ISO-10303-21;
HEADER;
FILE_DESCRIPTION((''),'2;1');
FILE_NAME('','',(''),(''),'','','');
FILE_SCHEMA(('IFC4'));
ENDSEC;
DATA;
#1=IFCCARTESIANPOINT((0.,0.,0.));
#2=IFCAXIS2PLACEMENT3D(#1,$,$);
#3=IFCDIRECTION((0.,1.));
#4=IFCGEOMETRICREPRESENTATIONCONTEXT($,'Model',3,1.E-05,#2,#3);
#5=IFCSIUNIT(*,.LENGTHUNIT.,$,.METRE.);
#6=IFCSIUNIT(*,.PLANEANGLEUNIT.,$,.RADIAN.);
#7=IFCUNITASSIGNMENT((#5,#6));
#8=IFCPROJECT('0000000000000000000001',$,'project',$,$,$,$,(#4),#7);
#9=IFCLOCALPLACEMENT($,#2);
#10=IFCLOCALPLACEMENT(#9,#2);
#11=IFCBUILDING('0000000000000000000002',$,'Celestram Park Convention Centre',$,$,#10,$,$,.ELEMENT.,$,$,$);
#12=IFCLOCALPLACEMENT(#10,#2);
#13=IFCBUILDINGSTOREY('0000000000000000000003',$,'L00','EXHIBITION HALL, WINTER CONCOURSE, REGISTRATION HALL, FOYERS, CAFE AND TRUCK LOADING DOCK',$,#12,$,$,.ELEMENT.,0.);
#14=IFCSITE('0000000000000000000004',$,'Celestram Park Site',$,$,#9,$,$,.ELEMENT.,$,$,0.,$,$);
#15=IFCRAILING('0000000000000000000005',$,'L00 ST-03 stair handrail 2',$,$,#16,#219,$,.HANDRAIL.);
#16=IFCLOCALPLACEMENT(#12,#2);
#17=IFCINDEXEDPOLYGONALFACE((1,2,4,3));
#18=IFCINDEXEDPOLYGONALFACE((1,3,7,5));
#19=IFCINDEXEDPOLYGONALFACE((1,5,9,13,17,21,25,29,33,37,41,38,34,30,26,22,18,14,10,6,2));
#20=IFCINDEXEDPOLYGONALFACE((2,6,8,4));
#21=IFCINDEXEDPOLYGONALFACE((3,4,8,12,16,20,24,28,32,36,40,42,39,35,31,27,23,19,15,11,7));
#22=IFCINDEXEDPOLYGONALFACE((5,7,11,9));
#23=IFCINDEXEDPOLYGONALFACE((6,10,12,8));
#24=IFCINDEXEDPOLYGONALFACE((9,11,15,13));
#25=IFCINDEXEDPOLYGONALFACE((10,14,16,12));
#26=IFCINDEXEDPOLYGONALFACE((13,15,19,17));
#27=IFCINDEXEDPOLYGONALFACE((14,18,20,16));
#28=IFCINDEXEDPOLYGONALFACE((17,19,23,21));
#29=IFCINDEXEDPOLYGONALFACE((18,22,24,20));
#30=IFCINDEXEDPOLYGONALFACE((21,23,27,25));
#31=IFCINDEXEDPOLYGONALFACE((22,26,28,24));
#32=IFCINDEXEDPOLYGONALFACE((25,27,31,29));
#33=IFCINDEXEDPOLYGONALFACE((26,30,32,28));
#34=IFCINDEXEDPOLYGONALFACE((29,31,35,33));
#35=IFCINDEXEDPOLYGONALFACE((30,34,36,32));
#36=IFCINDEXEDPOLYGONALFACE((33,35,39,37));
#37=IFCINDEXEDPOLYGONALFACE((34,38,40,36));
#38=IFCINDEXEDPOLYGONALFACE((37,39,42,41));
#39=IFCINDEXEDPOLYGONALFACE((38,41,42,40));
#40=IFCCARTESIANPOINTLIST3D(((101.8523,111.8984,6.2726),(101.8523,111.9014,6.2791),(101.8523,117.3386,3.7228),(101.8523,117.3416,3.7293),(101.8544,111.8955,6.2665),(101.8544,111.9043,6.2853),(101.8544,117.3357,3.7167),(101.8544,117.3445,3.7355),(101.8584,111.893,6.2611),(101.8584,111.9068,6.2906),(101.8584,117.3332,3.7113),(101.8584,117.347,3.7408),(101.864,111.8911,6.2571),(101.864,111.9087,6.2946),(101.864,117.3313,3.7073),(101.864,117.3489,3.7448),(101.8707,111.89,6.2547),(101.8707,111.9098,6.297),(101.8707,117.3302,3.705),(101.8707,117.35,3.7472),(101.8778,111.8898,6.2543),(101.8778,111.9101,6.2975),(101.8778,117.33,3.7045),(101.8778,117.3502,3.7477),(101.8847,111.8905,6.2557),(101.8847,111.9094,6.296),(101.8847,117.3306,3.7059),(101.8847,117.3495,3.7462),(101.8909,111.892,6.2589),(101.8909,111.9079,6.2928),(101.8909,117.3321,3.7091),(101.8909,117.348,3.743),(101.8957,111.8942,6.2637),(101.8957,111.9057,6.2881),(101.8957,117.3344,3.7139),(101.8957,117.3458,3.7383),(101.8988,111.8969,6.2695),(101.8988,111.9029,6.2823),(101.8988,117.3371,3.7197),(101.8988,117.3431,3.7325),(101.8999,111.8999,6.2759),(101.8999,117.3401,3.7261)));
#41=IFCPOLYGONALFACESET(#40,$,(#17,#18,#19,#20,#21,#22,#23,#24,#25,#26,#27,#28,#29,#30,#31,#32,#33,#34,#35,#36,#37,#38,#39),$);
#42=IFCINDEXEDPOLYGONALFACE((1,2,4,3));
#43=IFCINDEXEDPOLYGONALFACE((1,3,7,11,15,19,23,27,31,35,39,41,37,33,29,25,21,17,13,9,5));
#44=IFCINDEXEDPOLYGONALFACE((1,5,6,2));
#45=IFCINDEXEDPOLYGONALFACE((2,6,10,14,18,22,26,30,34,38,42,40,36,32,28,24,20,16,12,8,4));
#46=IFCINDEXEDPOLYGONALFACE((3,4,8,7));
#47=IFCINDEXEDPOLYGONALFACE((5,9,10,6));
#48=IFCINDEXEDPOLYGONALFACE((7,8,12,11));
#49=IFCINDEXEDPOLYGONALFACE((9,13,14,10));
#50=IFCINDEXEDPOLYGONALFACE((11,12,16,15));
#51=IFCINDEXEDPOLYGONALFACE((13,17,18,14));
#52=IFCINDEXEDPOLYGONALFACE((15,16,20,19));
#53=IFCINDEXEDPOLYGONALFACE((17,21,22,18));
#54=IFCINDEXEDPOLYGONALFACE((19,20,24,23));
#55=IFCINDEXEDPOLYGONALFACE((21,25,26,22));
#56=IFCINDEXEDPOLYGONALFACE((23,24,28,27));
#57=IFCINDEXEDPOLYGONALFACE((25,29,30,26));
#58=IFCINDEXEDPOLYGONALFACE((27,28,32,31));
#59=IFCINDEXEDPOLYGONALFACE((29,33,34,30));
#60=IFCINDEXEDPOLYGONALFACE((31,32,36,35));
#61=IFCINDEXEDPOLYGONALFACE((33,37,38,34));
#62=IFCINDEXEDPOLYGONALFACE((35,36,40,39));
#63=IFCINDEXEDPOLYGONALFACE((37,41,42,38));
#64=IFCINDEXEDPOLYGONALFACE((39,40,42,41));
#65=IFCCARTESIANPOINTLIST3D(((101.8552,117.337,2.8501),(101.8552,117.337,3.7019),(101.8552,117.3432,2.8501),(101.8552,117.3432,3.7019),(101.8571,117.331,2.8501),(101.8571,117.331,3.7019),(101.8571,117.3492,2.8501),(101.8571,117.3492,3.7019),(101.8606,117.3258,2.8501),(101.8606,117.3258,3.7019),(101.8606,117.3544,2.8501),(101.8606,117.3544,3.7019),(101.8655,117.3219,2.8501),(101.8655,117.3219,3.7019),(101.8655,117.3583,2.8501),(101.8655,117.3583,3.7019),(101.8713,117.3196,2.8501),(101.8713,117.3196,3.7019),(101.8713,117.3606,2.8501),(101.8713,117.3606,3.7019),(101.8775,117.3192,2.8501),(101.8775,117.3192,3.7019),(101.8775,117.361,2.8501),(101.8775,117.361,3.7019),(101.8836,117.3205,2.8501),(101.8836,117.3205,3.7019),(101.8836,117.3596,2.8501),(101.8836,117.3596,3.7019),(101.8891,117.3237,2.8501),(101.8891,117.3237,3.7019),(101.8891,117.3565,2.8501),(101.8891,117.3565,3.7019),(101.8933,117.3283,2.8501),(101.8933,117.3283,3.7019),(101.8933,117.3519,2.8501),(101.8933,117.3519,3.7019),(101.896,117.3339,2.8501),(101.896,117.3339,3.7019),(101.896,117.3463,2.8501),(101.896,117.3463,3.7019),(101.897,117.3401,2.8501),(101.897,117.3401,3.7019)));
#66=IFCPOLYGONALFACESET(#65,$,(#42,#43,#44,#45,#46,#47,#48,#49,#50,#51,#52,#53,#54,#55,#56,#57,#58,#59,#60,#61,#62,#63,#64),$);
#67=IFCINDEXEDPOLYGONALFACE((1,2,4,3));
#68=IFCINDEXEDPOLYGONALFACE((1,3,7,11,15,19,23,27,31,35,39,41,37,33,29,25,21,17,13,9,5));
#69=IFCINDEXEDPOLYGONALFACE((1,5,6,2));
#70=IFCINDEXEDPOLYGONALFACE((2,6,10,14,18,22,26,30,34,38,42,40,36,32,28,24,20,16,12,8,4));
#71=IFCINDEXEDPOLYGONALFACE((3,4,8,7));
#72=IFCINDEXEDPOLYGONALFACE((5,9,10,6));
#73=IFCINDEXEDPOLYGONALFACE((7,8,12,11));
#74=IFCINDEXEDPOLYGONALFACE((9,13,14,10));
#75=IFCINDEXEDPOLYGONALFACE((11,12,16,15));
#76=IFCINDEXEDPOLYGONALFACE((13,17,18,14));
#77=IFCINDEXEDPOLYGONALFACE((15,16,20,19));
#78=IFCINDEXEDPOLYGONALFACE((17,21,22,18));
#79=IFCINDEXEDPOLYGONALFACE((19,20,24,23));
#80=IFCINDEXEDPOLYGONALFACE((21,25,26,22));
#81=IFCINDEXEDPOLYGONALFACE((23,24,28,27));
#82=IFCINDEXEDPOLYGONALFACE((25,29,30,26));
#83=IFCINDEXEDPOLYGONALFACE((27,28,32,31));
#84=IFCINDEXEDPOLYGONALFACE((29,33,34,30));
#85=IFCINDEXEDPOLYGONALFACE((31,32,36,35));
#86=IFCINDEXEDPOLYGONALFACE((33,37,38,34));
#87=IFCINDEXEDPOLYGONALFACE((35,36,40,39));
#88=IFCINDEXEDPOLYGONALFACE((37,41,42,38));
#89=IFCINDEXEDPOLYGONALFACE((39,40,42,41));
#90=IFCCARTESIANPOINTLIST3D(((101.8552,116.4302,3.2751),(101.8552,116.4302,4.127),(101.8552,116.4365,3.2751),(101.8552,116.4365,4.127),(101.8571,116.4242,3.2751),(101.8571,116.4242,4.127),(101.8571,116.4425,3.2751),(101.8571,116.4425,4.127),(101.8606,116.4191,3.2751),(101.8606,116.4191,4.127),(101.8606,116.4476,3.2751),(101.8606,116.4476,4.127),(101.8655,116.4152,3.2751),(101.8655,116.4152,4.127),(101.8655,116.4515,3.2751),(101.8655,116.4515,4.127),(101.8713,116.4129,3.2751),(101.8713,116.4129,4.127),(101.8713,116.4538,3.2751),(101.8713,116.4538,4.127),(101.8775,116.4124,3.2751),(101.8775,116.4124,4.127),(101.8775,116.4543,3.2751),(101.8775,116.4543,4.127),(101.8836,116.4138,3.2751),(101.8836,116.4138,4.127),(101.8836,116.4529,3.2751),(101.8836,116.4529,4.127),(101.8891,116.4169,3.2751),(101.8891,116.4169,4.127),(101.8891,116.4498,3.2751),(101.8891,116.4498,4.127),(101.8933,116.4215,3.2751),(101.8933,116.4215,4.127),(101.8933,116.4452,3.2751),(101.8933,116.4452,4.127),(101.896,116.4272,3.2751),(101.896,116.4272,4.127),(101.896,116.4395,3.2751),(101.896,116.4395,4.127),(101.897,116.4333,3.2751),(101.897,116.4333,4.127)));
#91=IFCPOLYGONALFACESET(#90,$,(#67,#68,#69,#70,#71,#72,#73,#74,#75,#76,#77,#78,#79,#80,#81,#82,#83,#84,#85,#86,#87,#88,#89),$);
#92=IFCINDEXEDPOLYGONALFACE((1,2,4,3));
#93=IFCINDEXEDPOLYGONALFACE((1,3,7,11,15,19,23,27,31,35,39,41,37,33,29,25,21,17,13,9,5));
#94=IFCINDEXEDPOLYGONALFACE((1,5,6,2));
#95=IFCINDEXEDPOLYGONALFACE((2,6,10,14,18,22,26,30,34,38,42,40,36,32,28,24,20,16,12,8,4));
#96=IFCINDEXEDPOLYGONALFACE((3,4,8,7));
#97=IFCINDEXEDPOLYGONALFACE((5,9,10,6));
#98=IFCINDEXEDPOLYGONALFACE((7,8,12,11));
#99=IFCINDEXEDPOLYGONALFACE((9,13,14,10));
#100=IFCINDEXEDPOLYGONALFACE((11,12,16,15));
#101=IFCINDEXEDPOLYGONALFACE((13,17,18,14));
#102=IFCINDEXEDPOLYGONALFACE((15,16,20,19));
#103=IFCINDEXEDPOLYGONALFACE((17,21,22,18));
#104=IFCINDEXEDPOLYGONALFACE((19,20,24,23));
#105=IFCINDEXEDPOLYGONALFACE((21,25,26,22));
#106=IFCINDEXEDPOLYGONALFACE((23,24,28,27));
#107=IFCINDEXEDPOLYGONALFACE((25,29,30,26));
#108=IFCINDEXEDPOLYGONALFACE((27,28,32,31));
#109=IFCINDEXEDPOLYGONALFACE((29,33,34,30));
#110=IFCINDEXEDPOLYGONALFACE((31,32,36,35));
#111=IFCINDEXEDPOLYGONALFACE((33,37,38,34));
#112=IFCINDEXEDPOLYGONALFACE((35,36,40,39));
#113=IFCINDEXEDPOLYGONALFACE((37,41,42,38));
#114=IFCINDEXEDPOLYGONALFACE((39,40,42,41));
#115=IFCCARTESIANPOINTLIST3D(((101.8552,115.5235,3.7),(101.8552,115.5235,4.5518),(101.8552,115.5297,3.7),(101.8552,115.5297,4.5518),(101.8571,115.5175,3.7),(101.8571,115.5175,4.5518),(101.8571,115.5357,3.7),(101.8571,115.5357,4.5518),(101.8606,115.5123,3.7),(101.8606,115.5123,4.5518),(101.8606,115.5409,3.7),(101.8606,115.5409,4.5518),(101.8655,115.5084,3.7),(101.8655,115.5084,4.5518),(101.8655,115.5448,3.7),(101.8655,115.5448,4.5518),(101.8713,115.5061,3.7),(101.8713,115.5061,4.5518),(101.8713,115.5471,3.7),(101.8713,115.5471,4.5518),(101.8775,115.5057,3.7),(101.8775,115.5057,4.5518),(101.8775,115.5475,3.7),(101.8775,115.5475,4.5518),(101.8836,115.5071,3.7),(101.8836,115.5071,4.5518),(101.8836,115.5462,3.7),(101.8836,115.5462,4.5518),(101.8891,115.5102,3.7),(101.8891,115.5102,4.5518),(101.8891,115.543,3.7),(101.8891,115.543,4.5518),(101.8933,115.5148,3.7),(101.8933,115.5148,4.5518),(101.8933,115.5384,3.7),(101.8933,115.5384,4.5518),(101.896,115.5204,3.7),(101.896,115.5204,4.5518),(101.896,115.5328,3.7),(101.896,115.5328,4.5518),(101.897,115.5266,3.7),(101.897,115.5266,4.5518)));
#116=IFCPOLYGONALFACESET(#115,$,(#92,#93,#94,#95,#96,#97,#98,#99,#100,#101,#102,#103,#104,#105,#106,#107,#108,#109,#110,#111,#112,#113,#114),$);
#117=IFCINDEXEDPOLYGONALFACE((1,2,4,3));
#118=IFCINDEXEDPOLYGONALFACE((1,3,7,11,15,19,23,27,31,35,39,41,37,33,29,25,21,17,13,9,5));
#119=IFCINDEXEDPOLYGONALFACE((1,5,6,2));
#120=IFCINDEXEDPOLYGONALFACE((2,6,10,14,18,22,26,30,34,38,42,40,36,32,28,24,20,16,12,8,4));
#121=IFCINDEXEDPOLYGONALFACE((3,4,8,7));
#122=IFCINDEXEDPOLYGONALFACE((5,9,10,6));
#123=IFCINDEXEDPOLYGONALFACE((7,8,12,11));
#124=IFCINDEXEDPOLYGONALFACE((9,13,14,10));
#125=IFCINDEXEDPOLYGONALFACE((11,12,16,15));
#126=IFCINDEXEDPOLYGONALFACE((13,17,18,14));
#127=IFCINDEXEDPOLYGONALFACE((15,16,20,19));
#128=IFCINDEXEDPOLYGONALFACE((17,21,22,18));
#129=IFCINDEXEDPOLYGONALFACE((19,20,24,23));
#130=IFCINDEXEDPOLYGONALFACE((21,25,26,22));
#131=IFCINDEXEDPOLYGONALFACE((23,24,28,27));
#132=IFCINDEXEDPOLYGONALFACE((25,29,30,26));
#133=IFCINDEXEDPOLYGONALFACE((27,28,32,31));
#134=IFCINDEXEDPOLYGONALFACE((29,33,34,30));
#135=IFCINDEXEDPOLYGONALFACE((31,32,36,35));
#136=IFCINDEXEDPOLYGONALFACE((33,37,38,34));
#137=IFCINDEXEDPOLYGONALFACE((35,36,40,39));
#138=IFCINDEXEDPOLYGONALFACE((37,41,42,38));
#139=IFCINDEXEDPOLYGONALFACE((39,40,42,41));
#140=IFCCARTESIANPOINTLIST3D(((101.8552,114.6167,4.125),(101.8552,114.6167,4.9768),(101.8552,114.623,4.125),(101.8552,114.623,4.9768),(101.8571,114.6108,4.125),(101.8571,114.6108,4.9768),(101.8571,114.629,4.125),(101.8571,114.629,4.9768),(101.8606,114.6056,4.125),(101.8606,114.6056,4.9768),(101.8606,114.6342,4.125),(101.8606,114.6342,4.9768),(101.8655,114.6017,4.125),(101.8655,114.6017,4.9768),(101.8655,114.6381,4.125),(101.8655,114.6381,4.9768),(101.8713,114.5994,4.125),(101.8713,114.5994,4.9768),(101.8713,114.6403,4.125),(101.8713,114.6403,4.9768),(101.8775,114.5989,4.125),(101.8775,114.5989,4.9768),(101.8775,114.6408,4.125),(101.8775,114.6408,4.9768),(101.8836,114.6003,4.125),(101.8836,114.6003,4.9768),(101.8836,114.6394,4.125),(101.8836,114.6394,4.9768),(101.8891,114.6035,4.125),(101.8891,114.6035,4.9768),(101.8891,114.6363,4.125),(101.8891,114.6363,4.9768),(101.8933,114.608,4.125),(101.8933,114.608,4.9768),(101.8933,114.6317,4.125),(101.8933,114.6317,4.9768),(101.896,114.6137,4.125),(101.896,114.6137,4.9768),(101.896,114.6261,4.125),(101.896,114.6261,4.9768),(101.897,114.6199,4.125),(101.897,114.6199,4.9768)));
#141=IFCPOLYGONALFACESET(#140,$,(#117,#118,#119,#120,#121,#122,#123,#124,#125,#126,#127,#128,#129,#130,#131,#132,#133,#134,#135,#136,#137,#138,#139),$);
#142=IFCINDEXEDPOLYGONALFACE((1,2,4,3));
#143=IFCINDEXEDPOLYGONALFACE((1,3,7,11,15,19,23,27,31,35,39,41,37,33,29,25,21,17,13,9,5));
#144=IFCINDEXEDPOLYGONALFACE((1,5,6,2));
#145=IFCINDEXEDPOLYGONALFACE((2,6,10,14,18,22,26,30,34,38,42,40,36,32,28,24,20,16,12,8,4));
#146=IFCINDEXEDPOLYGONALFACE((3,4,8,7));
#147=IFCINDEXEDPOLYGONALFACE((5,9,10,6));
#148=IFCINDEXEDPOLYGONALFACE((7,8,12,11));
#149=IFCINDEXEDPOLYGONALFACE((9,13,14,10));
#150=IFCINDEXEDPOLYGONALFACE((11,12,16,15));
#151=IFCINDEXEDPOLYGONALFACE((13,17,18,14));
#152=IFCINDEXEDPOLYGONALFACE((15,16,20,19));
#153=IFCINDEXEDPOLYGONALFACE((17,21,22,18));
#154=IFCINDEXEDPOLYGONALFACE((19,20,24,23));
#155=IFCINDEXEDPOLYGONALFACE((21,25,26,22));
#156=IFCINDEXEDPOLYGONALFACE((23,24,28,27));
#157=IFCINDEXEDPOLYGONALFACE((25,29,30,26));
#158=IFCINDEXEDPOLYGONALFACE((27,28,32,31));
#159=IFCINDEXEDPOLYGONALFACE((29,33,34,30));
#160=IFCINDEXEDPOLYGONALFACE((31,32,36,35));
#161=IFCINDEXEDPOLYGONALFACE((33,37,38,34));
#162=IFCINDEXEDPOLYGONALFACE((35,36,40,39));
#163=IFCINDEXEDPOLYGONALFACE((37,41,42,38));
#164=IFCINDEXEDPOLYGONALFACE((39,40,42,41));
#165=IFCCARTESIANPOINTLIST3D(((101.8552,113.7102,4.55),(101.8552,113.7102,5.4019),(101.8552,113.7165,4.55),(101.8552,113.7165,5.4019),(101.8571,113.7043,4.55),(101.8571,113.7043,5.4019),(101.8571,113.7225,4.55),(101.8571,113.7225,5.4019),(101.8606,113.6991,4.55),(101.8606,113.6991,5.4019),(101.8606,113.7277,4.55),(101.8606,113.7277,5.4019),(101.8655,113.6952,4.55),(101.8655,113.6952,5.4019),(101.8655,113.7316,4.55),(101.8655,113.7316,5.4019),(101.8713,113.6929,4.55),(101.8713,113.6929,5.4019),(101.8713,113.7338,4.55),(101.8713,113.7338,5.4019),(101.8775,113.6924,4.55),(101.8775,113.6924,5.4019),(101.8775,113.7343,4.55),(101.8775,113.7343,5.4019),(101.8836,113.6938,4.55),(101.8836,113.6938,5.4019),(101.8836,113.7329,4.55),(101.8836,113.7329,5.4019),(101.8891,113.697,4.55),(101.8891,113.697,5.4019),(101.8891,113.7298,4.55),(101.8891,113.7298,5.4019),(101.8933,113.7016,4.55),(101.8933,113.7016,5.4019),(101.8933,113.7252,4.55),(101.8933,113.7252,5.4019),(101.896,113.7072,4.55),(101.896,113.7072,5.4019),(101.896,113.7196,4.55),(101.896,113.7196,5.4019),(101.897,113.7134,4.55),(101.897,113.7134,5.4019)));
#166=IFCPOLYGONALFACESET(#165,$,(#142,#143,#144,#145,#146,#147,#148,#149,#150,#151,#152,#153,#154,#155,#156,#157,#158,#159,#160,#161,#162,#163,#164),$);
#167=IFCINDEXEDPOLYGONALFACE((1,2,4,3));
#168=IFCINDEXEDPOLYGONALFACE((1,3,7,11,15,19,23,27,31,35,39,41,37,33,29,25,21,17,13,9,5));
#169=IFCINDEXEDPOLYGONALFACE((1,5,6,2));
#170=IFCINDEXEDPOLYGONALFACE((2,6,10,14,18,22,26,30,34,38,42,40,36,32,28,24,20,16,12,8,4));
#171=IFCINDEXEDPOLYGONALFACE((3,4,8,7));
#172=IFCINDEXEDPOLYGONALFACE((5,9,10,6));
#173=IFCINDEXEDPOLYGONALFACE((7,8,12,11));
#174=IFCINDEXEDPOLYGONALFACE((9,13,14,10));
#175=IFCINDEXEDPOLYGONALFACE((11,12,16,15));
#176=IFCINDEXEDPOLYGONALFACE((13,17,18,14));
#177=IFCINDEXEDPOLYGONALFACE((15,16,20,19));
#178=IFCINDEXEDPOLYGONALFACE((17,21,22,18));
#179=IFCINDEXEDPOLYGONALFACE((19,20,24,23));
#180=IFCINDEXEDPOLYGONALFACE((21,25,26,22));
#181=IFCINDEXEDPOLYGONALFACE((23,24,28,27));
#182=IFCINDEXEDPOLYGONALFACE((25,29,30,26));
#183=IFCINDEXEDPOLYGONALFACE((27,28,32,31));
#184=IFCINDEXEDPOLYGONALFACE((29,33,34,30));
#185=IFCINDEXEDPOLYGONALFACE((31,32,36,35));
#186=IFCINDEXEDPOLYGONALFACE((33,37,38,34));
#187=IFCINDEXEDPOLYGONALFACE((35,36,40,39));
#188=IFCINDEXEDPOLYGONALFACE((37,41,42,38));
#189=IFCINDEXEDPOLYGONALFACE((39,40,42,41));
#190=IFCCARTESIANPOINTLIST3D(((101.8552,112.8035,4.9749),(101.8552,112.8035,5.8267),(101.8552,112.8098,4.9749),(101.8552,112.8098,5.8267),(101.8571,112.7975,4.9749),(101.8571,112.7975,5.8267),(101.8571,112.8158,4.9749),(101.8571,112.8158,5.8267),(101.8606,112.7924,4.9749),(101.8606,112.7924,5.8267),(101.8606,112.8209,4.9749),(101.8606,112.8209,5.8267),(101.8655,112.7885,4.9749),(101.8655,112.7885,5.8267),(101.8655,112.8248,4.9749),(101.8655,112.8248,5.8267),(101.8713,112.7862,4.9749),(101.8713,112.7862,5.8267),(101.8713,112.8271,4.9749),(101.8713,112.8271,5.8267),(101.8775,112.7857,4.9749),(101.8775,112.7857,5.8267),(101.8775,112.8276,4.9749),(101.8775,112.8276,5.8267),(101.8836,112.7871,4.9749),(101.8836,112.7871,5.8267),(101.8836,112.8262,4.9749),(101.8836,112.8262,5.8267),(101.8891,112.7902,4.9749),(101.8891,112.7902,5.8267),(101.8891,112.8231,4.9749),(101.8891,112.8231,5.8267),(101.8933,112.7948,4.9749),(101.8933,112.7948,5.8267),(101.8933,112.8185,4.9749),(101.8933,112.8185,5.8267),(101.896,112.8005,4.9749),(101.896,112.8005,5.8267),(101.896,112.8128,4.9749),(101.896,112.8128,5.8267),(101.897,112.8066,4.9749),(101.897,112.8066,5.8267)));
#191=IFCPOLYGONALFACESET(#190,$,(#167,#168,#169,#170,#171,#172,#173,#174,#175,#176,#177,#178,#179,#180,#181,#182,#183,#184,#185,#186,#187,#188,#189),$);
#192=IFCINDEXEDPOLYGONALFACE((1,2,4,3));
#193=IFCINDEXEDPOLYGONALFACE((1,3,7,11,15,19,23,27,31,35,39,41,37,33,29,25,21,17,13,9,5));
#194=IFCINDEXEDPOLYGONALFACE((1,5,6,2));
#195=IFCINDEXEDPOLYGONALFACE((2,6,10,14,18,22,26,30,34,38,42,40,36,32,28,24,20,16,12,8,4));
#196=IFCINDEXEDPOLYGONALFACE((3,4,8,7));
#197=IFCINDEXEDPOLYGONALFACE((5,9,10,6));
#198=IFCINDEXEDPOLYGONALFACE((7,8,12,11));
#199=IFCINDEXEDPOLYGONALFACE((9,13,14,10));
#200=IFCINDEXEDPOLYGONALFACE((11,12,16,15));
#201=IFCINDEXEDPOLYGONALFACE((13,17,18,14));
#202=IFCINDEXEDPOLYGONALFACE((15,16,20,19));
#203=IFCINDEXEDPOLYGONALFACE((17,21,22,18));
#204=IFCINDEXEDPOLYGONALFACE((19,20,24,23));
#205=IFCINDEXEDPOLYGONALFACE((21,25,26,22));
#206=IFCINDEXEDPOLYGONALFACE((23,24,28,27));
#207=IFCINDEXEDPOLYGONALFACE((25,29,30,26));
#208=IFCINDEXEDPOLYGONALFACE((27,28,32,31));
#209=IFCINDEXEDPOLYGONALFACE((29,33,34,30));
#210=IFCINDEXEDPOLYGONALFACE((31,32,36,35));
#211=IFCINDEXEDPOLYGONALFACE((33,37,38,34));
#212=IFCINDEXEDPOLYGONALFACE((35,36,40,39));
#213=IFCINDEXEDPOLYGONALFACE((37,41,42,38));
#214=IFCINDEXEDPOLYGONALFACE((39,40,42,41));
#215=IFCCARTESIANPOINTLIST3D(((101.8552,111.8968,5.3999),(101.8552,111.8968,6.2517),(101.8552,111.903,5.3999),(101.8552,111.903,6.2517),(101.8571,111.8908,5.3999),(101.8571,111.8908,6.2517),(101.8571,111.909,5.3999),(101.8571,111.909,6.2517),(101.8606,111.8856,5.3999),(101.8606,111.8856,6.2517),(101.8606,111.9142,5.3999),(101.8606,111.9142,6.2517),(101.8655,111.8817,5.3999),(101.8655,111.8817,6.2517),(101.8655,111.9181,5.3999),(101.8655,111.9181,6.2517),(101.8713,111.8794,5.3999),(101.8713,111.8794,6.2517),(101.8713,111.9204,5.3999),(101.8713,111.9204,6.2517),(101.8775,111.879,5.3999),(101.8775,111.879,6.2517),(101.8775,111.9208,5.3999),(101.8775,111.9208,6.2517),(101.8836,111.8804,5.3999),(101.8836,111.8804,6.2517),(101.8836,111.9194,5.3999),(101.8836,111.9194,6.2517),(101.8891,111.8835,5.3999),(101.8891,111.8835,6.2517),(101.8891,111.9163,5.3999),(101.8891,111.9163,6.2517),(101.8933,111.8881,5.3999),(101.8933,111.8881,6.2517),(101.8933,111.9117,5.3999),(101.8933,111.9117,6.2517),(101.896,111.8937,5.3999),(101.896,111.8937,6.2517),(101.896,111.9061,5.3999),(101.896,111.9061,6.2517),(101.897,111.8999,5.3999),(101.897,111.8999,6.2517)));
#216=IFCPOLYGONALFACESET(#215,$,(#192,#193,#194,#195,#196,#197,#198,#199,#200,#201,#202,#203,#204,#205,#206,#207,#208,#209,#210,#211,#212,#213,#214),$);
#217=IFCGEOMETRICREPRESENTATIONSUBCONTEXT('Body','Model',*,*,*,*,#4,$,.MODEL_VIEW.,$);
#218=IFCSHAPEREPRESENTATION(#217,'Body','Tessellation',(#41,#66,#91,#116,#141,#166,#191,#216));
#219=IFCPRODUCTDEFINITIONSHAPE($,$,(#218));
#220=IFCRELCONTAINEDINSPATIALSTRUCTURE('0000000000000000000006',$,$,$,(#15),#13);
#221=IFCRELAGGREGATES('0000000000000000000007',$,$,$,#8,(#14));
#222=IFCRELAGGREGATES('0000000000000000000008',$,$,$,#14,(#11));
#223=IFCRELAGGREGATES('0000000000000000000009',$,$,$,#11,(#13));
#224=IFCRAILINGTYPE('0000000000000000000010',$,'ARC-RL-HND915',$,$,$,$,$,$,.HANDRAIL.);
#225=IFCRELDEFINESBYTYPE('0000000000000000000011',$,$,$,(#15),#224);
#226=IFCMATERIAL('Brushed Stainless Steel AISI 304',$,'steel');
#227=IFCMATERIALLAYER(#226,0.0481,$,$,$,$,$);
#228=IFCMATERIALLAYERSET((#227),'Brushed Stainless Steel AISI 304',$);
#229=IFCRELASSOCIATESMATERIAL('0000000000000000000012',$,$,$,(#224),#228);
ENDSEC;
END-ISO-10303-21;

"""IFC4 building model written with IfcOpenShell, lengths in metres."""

from ifc_helpers import new_model, si_unit, direction, frame, origin, origin_2d, place, context, subcontext, project, spatial, circle, extrude, material, layer, layer_set, type_object, element, save


model = new_model("IFC4")

# Units and contexts
model_context = context("Model", 3, precision=1e-05, world=origin(), true_north=direction((0.0, 1.0)))
body_context = subcontext(model_context, "Body", "Model", "MODEL_VIEW")
ifc_project = project(units=[si_unit("LENGTHUNIT", "METRE"), si_unit("PLANEANGLEUNIT", "RADIAN")], contexts=[model_context])

# Site, building, storey
site_placement = place(None, origin())
site = spatial("IfcSite", under=ifc_project, at=site_placement, Name="Celestram Park Site", CompositionType="ELEMENT", RefElevation=0.0)
building_placement = place(site_placement, origin())
building = spatial("IfcBuilding", under=site, at=building_placement, Name="Celestram Park Convention Centre", CompositionType="ELEMENT")
storey_placement = place(building_placement, origin())
storey = spatial("IfcBuildingStorey", under=building, at=storey_placement, Name="L00", Description="EXHIBITION HALL, WINTER CONCOURSE, REGISTRATION HALL, FOYERS, CAFE AND TRUCK LOADING DOCK", CompositionType="ELEMENT", Elevation=0.0)

# Railing
ifc_material_1 = material(Name="Brushed Stainless Steel AISI 304", Category="steel")
ifc_layer_1 = layer(ifc_material_1, 0.0481)
ifc_layer_set_1 = layer_set([ifc_layer_1], Name="Brushed Stainless Steel AISI 304")
railing_type_1 = type_object("IfcRailingType", Name="ARC-RL-HND915", PredefinedType="HANDRAIL", material=ifc_layer_set_1)
railing_1_placement = place(storey_placement, frame((101.876, 117.3401, 2.8501)))
element("IfcRailing", 1, at=railing_1_placement, inside=storey, type_object=railing_type_1, Name="L00 ST-03 stair handrail 2", PredefinedType="HANDRAIL", context=body_context, shape_type="SweptSolid", body=[
    extrude(circle(Radius=0.0239, at=origin_2d()), frame((0.0, 0.0, 0.876), z_axis=(0.0, -0.905477, 0.424395), x_axis=(1.0, 0.0, 0.0)), (0.0, 0.0, 1.0), 6.0081),
    extrude(circle(Radius=0.021, at=origin_2d()), origin(), (0.0, 0.0, 1.0), 0.8518),
    extrude(circle(Radius=0.021, at=origin_2d()), frame((0.0, -0.9067, 0.425)), (0.0, 0.0, 1.0), 0.8518),
    extrude(circle(Radius=0.021, at=origin_2d()), frame((0.0, -1.8135, 0.8499)), (0.0, 0.0, 1.0), 0.8518),
    extrude(circle(Radius=0.021, at=origin_2d()), frame((0.0, -2.7202, 1.2749)), (0.0, 0.0, 1.0), 0.8518),
    extrude(circle(Radius=0.021, at=origin_2d()), frame((0.0, -3.6267, 1.7)), (0.0, 0.0, 1.0), 0.8518),
    extrude(circle(Radius=0.021, at=origin_2d()), frame((0.0, -4.5334, 2.1248)), (0.0, 0.0, 1.0), 0.8518),
    extrude(circle(Radius=0.021, at=origin_2d()), frame((0.0, -5.4402, 2.5498)), (0.0, 0.0, 1.0), 0.8518),
])

save(model, "model.ifc")
